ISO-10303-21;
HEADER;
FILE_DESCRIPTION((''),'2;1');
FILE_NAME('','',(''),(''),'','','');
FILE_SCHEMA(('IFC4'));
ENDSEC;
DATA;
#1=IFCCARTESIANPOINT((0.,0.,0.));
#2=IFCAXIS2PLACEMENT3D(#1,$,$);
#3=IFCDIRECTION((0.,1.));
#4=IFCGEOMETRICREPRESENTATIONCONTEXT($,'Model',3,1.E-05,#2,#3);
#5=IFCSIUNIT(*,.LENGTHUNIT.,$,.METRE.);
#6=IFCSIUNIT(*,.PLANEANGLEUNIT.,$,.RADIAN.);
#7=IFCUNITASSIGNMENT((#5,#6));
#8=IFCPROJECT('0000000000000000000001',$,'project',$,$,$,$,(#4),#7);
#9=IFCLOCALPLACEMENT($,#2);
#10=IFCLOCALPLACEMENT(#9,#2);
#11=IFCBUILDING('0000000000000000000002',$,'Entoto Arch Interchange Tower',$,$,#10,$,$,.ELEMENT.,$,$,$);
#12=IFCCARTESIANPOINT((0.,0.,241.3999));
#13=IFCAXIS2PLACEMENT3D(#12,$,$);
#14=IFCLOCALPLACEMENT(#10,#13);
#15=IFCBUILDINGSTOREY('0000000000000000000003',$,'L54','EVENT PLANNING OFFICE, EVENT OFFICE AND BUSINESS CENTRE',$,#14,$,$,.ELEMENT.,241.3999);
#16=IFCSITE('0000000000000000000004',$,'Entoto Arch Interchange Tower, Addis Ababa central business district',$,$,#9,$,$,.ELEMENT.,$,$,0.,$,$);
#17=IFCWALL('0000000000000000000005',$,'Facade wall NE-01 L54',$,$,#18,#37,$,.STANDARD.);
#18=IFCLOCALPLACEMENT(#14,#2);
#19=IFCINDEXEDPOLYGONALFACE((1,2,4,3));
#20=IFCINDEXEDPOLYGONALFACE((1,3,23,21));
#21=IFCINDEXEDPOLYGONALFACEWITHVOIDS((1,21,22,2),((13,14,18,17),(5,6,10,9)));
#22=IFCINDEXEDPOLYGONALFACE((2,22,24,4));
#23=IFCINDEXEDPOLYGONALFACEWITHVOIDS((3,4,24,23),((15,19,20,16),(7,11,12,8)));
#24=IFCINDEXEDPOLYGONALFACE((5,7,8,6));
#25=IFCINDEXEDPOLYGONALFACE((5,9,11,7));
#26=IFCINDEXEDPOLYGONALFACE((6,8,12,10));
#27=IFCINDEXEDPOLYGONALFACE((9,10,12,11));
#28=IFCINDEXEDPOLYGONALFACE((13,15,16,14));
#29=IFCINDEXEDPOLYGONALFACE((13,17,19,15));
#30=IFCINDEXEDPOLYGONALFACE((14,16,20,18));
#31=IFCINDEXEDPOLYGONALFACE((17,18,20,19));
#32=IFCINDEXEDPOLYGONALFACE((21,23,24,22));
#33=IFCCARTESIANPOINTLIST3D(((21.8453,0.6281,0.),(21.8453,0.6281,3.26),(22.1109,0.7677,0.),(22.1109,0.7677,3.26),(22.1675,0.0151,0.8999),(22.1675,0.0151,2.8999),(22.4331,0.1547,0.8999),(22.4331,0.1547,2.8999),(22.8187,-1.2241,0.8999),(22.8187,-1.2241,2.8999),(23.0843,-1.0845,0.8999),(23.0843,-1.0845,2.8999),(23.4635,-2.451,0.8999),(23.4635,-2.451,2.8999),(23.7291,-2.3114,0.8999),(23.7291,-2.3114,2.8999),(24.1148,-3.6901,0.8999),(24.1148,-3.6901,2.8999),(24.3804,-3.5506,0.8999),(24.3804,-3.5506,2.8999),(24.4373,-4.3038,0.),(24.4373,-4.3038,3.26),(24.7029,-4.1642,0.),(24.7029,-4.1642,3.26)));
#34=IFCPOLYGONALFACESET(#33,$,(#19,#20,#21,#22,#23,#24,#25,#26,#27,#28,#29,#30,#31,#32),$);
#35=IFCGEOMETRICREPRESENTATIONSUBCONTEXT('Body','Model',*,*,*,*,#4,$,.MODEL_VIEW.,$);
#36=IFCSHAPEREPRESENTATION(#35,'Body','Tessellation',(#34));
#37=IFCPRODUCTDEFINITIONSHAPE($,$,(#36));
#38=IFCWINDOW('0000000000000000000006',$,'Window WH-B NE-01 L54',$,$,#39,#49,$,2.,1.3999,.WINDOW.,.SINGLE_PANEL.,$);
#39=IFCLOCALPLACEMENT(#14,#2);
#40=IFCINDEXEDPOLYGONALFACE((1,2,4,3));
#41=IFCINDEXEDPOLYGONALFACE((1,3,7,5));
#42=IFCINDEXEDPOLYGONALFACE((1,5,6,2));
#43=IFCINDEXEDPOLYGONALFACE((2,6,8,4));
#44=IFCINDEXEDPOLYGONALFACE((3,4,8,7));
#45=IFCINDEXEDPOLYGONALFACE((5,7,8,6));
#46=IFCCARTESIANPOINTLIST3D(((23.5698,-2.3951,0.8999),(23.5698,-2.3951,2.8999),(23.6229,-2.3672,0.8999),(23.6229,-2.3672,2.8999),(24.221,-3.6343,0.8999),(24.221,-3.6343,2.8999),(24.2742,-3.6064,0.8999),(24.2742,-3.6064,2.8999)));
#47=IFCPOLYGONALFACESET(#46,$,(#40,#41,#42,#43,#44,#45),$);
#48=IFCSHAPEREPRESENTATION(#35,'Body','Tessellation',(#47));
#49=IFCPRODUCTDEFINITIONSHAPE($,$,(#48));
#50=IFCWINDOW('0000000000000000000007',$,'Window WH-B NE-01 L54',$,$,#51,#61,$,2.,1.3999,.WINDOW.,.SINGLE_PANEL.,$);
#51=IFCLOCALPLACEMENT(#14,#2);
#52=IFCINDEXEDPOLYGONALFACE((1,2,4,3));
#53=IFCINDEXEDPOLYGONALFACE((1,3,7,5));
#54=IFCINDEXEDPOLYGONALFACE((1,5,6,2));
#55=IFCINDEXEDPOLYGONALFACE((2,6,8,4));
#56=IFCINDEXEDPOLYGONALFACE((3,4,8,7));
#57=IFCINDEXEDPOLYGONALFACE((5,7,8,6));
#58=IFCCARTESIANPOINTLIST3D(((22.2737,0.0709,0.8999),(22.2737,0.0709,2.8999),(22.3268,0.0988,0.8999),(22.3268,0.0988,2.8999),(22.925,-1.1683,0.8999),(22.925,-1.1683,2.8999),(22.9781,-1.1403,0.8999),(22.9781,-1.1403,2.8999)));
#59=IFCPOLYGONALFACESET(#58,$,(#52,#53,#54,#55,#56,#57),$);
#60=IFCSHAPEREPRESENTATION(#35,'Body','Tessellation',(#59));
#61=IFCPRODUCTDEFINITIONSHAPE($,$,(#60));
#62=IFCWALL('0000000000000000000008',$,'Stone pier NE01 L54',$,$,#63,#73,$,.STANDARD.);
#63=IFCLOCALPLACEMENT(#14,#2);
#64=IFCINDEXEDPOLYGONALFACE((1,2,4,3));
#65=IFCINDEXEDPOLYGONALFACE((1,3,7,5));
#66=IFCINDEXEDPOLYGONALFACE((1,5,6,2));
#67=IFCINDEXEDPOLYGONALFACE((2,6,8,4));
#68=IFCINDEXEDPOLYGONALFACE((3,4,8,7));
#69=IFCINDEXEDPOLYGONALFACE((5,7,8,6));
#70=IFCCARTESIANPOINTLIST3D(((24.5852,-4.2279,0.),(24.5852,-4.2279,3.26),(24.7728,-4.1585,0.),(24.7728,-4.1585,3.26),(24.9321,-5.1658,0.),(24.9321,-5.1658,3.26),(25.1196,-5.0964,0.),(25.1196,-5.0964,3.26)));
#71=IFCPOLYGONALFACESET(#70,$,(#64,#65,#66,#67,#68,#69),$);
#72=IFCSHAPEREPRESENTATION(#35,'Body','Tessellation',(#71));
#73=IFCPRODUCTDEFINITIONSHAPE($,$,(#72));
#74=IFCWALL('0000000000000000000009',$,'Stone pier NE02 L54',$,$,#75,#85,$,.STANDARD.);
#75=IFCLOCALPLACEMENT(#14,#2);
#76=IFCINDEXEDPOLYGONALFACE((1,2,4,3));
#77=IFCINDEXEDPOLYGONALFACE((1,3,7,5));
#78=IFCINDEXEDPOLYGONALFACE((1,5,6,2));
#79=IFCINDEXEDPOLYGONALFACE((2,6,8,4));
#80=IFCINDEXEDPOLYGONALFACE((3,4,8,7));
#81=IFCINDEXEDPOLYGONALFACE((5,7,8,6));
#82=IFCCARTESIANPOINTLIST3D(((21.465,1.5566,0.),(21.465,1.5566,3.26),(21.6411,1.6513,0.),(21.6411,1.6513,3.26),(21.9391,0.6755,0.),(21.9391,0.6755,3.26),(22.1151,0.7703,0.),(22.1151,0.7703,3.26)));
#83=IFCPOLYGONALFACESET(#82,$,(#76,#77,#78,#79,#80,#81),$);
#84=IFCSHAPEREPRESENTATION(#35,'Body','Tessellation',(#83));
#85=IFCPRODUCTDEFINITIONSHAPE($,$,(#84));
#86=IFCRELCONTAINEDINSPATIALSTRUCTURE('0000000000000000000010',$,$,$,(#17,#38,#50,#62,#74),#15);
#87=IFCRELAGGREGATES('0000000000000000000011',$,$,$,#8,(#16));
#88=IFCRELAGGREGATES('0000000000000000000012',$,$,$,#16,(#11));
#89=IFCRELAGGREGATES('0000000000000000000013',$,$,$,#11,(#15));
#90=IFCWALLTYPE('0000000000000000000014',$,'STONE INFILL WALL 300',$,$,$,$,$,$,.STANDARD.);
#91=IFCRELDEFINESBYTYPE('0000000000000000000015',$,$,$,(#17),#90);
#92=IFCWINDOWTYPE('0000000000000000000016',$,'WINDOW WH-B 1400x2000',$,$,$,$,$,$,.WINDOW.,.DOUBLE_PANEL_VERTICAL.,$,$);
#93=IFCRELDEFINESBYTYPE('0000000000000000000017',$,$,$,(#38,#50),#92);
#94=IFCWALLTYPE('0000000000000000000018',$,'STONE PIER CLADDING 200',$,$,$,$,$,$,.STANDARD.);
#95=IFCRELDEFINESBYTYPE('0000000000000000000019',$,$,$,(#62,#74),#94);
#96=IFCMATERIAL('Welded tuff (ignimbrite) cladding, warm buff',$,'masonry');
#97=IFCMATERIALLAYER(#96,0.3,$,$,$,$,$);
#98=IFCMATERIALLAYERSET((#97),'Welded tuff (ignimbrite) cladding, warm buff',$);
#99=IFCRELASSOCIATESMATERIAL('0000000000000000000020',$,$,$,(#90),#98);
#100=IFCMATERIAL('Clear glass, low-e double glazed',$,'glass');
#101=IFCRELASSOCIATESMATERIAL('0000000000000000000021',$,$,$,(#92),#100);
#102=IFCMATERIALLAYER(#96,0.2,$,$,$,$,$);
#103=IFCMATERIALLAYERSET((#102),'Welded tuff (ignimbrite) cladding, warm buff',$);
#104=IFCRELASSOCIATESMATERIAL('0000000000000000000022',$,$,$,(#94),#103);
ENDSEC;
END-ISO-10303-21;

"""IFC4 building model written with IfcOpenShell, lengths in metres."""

from ifc_helpers import new_model, si_unit, direction, frame, frame_2d, origin, place, context, subcontext, project, spatial, rectangle, extrude, material, layer, layer_set, type_object, element, fill, save


model = new_model("IFC4")

# Units and contexts
model_context = context("Model", 3, precision=1e-05, world=origin(), true_north=direction((0.0, 1.0)))
body_context = subcontext(model_context, "Body", "Model", "MODEL_VIEW")
ifc_project = project(units=[si_unit("LENGTHUNIT", "METRE"), si_unit("PLANEANGLEUNIT", "RADIAN")], contexts=[model_context])

# Site, building, storey
site_placement = place(None, origin())
site = spatial("IfcSite", under=ifc_project, at=site_placement, Name="Entoto Arch Interchange Tower, Addis Ababa central business district", CompositionType="ELEMENT", RefElevation=0.0)
building_placement = place(site_placement, origin())
building = spatial("IfcBuilding", under=site, at=building_placement, Name="Entoto Arch Interchange Tower", CompositionType="ELEMENT")
storey_placement = place(building_placement, frame((0.0, 0.0, 241.3999)))
storey = spatial("IfcBuildingStorey", under=building, at=storey_placement, Name="L54", Description="EVENT PLANNING OFFICE, EVENT OFFICE AND BUSINESS CENTRE", CompositionType="ELEMENT", Elevation=241.3999)

# Wall, openings, windows
ifc_material_1 = material(Name="Welded tuff (ignimbrite) cladding, warm buff", Category="masonry")
ifc_layer_1 = layer(ifc_material_1, 0.3)
ifc_layer_set_1 = layer_set([ifc_layer_1], Name="Welded tuff (ignimbrite) cladding, warm buff")
wall_type_1 = type_object("IfcWallType", Name="STONE INFILL WALL 300", PredefinedType="STANDARD", material=ifc_layer_set_1)
wall_1_placement = place(storey_placement, frame((24.5701, -4.2339, 0.0), z_axis=(0.0, 0.0, 1.0), x_axis=(-0.465228, 0.885191, 0.0)))
wall_1 = element("IfcWall", 1, at=wall_1_placement, inside=storey, type_object=wall_type_1, Name="Facade wall NE-01 L54", PredefinedType="STANDARD", context=body_context, shape_type="SweptSolid", body=[
    extrude(rectangle(XDim=5.5715, YDim=0.3, at=frame_2d((2.7856, 0.0))), origin(), (0.0, 0.0, 1.0), 3.26),
])
opening_1_placement = place(wall_1_placement, frame((0.6931, 0.0, 0.8999)))
opening_1 = element("IfcOpeningElement", 2, at=opening_1_placement, cuts=wall_1, PredefinedType="OPENING", context=body_context, shape_type="SweptSolid", body=[
    extrude(rectangle(XDim=1.3999, YDim=2.0, at=frame_2d((0.7, 1.0))), frame((0.0, 0.1602, 0.0), z_axis=(0.0, -1.0, 0.0), x_axis=(1.0, 0.0, 0.0)), (0.0, 0.0, 1.0), 0.3201),
])
opening_2_placement = place(wall_1_placement, frame((3.479, 0.0, 0.8999)))
opening_2 = element("IfcOpeningElement", 3, at=opening_2_placement, cuts=wall_1, PredefinedType="OPENING", context=body_context, shape_type="SweptSolid", body=[
    extrude(rectangle(XDim=1.3999, YDim=2.0, at=frame_2d((0.7, 1.0))), frame((0.0, 0.1602, 0.0), z_axis=(0.0, -1.0, 0.0), x_axis=(1.0, 0.0, 0.0)), (0.0, 0.0, 1.0), 0.3201),
])
ifc_material_2 = material(Name="Clear glass, low-e double glazed", Category="glass")
window_type = type_object("IfcWindowType", Name="WINDOW WH-B 1400x2000", PartitioningType="DOUBLE_PANEL_VERTICAL", PredefinedType="WINDOW", material=ifc_material_2)
window_1_placement = place(opening_1_placement, origin())
window_1 = element("IfcWindow", 4, at=window_1_placement, inside=storey, type_object=window_type, Name="Window WH-B NE-01 L54", OverallHeight=2.0, OverallWidth=1.3999, PartitioningType="SINGLE_PANEL", PredefinedType="WINDOW", context=body_context, shape_type="SweptSolid", body=[
    extrude(rectangle(XDim=1.3999, YDim=2.0, at=frame_2d((0.7, 1.0))), frame((0.0, 0.03, 0.0), z_axis=(0.0, -1.0, 0.0), x_axis=(1.0, 0.0, 0.0)), (0.0, 0.0, 1.0), 0.0601),
])
fill(opening_1, window_1)
window_2_placement = place(opening_2_placement, origin())
window_2 = element("IfcWindow", 5, at=window_2_placement, inside=storey, type_object=window_type, Name="Window WH-B NE-01 L54", OverallHeight=2.0, OverallWidth=1.3999, PartitioningType="SINGLE_PANEL", PredefinedType="WINDOW", context=body_context, shape_type="SweptSolid", body=[
    extrude(rectangle(XDim=1.3999, YDim=2.0, at=frame_2d((0.7, 1.0))), frame((0.0, 0.03, 0.0), z_axis=(0.0, -1.0, 0.0), x_axis=(1.0, 0.0, 0.0)), (0.0, 0.0, 1.0), 0.0601),
])
fill(opening_2, window_2)

# Walls
ifc_layer_2 = layer(ifc_material_1, 0.2)
ifc_layer_set_2 = layer_set([ifc_layer_2], Name="Welded tuff (ignimbrite) cladding, warm buff")
wall_type_2 = type_object("IfcWallType", Name="STONE PIER CLADDING 200", PredefinedType="STANDARD", material=ifc_layer_set_2)
wall_2_placement = place(storey_placement, frame((25.0259, -5.1311, 0.0), z_axis=(0.0, 0.0, 1.0), x_axis=(-0.346893, 0.937905, 0.0)))
element("IfcWall", 6, at=wall_2_placement, inside=storey, type_object=wall_type_2, Name="Stone pier NE01 L54", PredefinedType="STANDARD", context=body_context, shape_type="SweptSolid", body=[
    extrude(rectangle(XDim=1.0, YDim=0.2, at=frame_2d((0.5, 0.0))), origin(), (0.0, 0.0, 1.0), 3.26),
])
wall_3_placement = place(storey_placement, frame((22.0271, 0.7229, 0.0), z_axis=(0.0, 0.0, 1.0), x_axis=(-0.473852, 0.880604, 0.0)))
element("IfcWall", 7, at=wall_3_placement, inside=storey, type_object=wall_type_2, Name="Stone pier NE02 L54", PredefinedType="STANDARD", context=body_context, shape_type="SweptSolid", body=[
    extrude(rectangle(XDim=1.0005, YDim=0.2, at=frame_2d((0.5002, 0.0))), origin(), (0.0, 0.0, 1.0), 3.26),
])

save(model, "model.ifc")
